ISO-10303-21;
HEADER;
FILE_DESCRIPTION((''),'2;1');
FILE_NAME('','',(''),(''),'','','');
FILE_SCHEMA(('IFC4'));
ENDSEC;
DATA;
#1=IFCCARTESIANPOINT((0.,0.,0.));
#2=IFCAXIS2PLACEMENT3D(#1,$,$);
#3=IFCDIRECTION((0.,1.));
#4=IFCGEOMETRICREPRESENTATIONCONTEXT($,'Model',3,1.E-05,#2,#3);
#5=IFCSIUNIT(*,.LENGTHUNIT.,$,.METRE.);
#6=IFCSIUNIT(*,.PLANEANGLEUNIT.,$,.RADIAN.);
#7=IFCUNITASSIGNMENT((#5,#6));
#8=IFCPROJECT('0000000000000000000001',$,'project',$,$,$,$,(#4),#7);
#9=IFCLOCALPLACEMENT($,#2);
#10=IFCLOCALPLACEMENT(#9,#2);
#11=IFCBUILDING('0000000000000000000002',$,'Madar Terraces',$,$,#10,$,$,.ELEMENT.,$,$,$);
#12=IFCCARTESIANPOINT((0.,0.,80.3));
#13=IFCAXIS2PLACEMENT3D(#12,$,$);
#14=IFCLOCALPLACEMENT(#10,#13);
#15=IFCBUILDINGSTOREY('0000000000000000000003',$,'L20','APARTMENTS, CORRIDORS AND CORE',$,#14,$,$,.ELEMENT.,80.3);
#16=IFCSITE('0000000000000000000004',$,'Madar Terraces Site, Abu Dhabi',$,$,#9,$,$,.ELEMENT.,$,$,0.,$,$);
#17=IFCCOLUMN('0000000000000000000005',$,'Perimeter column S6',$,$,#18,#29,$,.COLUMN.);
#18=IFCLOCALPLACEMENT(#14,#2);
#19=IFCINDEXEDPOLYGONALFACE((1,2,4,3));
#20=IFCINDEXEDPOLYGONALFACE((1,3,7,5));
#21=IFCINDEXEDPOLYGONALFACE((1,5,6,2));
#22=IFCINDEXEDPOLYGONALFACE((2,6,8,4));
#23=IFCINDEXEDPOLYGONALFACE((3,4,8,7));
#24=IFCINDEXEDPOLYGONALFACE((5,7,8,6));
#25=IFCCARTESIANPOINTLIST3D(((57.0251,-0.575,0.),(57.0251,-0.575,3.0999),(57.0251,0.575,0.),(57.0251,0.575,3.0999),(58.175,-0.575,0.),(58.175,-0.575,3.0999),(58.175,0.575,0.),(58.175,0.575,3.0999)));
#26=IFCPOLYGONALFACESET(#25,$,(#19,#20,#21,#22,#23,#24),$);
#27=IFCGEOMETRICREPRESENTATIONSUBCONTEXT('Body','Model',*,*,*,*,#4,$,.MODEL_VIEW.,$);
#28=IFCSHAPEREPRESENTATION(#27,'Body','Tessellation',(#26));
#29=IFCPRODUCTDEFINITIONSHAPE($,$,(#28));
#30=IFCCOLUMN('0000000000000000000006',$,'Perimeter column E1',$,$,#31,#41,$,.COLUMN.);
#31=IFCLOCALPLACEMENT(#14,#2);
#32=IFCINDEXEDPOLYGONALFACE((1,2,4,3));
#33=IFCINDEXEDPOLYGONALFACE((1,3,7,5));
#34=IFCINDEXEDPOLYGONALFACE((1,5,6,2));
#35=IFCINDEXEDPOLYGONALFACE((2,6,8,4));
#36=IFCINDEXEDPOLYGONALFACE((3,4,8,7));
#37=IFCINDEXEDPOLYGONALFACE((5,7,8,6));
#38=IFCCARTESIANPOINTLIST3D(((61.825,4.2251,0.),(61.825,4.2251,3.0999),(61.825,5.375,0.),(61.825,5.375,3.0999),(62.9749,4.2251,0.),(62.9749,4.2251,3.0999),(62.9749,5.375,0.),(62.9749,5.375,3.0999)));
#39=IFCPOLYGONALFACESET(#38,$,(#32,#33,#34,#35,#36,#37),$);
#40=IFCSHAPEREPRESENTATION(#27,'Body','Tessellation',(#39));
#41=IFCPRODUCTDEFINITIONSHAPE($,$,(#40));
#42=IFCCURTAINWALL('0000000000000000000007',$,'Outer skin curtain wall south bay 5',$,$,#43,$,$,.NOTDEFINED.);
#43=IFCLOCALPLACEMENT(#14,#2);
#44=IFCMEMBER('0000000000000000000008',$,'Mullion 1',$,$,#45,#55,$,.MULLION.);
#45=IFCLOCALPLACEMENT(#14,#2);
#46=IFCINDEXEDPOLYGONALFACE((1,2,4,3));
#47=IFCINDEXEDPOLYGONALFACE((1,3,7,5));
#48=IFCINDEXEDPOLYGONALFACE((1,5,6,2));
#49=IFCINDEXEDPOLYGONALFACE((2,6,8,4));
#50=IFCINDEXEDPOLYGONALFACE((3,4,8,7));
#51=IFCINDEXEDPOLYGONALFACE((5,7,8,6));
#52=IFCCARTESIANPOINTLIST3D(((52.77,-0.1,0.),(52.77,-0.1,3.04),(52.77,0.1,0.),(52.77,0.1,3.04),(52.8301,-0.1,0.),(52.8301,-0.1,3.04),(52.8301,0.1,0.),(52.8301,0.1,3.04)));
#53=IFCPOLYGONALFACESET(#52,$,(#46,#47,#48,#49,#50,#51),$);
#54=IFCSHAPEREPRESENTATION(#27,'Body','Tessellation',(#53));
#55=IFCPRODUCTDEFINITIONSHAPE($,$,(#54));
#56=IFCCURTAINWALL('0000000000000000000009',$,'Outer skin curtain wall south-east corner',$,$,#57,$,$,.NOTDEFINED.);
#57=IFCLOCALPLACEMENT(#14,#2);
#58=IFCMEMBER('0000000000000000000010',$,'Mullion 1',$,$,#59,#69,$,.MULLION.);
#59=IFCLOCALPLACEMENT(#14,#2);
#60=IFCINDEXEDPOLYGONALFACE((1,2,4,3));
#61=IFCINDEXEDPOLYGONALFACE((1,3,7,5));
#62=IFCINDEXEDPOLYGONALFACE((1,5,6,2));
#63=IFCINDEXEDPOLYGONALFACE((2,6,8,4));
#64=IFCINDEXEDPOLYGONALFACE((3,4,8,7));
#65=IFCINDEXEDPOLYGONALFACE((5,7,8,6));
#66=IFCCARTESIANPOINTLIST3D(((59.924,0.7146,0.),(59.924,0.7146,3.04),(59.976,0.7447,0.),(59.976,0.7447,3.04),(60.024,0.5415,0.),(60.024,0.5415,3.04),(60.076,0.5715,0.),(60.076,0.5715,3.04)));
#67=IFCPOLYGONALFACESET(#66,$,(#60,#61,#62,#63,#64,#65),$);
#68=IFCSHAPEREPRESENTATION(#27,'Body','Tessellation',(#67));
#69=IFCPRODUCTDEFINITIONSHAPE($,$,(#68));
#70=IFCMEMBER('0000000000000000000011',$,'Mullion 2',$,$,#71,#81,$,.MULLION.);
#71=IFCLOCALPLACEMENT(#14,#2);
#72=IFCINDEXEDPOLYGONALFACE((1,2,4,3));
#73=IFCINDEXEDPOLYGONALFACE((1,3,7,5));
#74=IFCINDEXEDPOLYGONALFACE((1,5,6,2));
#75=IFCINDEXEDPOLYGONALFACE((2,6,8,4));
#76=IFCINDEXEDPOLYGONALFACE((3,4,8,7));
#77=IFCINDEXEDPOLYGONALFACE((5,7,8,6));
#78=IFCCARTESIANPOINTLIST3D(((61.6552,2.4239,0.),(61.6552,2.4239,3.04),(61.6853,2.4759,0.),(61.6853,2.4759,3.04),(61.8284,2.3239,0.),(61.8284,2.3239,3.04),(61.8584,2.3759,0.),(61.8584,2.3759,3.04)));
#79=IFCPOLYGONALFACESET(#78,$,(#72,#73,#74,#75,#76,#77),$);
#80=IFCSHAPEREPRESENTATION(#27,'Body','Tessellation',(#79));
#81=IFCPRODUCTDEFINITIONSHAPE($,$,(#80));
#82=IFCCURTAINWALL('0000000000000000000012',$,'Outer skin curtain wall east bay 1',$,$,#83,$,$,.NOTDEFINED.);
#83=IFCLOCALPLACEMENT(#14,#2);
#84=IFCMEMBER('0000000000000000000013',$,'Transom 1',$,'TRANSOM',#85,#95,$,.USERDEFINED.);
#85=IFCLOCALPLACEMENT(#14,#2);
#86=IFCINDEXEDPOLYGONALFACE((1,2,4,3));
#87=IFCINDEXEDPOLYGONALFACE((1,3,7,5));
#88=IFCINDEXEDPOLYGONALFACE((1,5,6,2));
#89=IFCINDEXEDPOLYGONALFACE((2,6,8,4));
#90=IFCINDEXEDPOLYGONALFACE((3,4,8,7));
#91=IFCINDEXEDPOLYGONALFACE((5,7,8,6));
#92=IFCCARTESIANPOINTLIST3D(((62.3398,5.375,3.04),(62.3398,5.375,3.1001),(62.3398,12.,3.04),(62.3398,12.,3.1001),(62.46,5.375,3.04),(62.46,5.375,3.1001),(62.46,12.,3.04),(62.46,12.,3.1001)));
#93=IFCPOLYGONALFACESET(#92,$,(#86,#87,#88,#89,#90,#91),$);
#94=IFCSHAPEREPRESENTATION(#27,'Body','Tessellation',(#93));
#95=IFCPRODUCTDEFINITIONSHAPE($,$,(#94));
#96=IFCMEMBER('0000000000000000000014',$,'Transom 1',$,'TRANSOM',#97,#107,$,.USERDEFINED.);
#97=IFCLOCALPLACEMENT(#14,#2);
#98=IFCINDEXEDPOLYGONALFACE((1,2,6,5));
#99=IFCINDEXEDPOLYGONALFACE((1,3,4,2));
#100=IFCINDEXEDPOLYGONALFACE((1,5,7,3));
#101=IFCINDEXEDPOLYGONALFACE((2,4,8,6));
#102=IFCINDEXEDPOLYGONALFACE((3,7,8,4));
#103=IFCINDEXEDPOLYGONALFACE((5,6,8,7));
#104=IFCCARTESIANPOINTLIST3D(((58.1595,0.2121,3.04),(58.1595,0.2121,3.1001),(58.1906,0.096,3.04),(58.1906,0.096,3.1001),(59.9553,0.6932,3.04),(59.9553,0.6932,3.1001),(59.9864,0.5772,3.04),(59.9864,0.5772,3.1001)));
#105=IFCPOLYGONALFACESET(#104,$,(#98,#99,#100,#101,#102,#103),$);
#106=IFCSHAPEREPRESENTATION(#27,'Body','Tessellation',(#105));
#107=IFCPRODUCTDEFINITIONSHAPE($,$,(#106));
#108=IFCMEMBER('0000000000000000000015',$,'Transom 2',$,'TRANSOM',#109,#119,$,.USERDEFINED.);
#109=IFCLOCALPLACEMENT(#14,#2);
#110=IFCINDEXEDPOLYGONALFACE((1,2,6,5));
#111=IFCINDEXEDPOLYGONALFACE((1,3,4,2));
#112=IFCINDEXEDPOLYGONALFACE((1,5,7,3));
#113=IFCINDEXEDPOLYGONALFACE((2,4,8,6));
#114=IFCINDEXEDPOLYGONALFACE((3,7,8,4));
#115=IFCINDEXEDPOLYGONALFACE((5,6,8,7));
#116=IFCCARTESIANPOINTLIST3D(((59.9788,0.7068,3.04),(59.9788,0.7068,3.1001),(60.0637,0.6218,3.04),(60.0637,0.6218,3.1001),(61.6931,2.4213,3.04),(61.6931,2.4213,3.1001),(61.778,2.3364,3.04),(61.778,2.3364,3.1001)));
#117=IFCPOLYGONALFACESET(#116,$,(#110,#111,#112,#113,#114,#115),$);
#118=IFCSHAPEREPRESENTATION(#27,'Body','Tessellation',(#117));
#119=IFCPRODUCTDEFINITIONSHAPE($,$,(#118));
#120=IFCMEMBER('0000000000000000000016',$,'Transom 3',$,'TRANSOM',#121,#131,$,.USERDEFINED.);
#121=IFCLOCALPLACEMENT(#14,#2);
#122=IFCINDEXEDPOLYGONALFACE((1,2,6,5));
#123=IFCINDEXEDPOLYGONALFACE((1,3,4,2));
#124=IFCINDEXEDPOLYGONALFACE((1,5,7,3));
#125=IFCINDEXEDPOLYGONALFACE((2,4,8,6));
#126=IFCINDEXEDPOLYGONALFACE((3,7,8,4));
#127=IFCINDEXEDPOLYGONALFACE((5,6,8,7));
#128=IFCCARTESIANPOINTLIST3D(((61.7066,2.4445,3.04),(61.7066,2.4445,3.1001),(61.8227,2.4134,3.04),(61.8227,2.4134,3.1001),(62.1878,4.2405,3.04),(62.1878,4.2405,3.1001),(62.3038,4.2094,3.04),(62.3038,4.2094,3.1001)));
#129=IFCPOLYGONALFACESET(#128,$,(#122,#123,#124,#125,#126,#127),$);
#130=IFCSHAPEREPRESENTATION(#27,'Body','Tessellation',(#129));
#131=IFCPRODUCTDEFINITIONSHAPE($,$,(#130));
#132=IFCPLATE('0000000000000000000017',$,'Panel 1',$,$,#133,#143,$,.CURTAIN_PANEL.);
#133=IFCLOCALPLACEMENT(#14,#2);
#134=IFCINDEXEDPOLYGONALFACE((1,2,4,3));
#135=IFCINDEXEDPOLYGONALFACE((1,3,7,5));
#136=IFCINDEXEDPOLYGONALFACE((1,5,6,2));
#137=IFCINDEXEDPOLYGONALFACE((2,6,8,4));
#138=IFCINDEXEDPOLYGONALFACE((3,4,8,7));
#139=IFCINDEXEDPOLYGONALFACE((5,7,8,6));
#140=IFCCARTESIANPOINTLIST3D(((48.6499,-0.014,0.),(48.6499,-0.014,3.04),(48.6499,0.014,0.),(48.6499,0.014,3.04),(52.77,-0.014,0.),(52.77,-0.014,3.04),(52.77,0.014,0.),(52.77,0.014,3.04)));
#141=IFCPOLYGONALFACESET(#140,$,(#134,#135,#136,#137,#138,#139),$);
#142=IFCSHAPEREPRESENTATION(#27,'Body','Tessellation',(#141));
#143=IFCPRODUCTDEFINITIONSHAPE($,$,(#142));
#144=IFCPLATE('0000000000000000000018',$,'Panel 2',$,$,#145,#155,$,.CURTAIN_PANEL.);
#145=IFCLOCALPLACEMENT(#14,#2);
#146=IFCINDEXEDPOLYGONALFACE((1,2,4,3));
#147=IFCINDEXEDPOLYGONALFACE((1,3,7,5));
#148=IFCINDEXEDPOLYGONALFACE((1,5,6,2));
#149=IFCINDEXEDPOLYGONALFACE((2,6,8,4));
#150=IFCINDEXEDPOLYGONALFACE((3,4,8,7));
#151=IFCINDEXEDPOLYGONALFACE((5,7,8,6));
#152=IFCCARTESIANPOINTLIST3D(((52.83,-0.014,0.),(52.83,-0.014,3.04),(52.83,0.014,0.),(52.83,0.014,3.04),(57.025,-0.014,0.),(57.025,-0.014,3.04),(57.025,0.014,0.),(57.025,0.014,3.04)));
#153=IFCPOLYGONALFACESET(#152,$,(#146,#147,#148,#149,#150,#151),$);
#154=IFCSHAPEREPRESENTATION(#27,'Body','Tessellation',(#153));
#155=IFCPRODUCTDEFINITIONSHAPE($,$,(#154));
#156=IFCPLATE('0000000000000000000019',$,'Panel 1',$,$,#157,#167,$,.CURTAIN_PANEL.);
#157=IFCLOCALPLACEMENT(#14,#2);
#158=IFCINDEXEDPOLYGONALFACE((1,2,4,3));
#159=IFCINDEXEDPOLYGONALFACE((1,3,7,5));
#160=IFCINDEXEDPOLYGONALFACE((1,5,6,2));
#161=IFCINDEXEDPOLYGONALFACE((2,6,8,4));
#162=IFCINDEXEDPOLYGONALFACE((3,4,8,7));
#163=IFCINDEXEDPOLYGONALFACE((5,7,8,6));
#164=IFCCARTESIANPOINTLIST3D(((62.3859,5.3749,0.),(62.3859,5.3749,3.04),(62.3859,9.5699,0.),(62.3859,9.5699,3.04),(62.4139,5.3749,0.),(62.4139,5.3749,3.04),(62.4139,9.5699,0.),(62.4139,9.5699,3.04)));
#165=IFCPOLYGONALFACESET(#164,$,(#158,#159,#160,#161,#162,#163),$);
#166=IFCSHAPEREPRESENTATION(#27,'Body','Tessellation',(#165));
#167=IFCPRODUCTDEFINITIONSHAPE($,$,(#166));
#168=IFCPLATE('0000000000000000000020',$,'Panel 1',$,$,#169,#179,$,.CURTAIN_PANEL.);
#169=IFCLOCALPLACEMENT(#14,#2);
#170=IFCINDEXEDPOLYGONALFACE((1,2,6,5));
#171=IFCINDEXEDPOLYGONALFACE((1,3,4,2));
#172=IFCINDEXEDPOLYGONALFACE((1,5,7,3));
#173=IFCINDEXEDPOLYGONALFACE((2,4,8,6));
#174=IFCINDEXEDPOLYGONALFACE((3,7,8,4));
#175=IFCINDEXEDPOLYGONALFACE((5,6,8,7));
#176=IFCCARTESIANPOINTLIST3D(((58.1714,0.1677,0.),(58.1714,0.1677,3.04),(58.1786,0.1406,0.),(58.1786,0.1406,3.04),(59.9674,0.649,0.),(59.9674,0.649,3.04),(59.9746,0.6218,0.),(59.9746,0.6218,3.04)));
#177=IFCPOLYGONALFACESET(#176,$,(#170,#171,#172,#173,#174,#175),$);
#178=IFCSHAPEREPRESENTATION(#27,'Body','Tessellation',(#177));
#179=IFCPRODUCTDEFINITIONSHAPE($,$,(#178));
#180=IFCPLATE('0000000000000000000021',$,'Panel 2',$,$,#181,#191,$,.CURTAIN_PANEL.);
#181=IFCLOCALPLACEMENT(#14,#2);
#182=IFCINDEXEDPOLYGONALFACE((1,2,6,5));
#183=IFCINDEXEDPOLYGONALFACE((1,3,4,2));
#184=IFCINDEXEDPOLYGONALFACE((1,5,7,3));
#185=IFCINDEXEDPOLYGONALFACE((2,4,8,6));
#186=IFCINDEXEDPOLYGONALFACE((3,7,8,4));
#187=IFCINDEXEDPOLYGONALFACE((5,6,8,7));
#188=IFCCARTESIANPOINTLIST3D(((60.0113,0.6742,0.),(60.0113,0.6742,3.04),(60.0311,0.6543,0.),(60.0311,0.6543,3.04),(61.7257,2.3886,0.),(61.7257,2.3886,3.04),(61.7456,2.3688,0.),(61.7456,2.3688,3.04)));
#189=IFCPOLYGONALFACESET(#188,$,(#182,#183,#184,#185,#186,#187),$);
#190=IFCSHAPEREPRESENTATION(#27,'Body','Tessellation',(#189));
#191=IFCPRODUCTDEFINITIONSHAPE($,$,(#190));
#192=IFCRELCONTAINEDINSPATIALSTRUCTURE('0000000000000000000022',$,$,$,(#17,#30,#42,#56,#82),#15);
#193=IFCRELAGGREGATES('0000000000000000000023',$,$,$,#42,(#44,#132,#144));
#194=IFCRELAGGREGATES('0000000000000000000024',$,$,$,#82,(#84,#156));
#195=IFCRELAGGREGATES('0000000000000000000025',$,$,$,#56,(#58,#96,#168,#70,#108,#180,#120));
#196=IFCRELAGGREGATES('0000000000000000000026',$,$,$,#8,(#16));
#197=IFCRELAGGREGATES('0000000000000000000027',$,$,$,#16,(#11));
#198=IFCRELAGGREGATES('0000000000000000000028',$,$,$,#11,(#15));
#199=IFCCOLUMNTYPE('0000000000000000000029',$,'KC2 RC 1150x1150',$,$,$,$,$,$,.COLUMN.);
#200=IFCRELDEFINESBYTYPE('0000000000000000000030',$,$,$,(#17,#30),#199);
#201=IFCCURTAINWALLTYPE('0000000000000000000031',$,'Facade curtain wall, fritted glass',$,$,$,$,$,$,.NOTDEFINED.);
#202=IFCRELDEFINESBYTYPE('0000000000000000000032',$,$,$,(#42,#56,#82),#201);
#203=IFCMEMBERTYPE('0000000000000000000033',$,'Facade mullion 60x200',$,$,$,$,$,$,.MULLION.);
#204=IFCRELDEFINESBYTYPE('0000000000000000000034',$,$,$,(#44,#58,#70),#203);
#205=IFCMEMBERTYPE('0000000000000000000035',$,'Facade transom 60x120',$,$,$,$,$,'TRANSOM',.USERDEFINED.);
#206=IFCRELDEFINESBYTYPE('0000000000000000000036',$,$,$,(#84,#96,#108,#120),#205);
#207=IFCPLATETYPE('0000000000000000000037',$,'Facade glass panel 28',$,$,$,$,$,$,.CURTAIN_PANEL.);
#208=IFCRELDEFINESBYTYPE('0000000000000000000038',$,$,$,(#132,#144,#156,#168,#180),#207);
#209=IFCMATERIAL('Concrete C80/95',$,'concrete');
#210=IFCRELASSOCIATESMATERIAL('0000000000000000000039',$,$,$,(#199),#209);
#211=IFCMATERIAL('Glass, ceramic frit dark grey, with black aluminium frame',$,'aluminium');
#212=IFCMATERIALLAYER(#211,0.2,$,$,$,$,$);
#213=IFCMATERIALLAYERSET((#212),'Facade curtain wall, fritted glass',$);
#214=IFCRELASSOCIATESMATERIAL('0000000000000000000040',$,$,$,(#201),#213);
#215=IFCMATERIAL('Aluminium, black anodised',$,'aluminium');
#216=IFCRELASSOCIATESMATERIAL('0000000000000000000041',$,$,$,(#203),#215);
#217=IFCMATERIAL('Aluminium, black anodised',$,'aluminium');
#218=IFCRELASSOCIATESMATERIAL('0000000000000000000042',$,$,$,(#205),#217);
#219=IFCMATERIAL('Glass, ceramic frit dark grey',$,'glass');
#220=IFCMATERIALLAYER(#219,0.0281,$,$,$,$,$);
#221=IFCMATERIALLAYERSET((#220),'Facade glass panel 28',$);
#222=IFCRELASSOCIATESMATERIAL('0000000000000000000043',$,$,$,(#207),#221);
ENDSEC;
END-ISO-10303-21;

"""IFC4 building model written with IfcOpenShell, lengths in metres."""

from ifc_helpers import new_model, si_unit, direction, frame, origin, origin_2d, place, context, subcontext, project, spatial, rectangle, extrude, material, layer, layer_set, material_profile, profile_set, type_object, element, aggregate, save


model = new_model("IFC4")

# Units and contexts
model_context = context("Model", 3, precision=1e-05, world=origin(), true_north=direction((0.0, 1.0)))
body_context = subcontext(model_context, "Body", "Model", "MODEL_VIEW")
ifc_project = project(units=[si_unit("LENGTHUNIT", "METRE"), si_unit("PLANEANGLEUNIT", "RADIAN")], contexts=[model_context])

# Site, building, storey
site_placement = place(None, origin())
site = spatial("IfcSite", under=ifc_project, at=site_placement, Name="Madar Terraces Site, Abu Dhabi", CompositionType="ELEMENT", RefElevation=0.0)
building_placement = place(site_placement, origin())
building = spatial("IfcBuilding", under=site, at=building_placement, Name="Madar Terraces", CompositionType="ELEMENT")
storey_placement = place(building_placement, frame((0.0, 0.0, 80.3)))
storey = spatial("IfcBuildingStorey", under=building, at=storey_placement, Name="L20", Description="APARTMENTS, CORRIDORS AND CORE", CompositionType="ELEMENT", Elevation=80.3)

# Columns
ifc_material_1 = material(Name="Concrete C80/95", Category="concrete")
ifc_material_profile_1 = material_profile(ifc_material_1, rectangle(XDim=1.1499, YDim=1.1499, at=origin_2d()), Name="KC2 RC 1150x1150")
ifc_profile_set_1 = profile_set([ifc_material_profile_1], Name="Concrete C80/95")
column_type = type_object("IfcColumnType", Name="KC2 RC 1150x1150", PredefinedType="COLUMN", material=ifc_profile_set_1)
for number, where, z_axis, x_axis, name in (
    (1, (57.6001, 0.0, 0.0), (0.0, 0.0, 1.0), (1.0, 0.0, 0.0), "Perimeter column S6"),
    (2, (62.3999, 4.8, 0.0), (0.0, 0.0, 1.0), (1.0, 0.0, 0.0), "Perimeter column E1"),
):
    element("IfcColumn", number, at=place(storey_placement, frame(where, z_axis=z_axis, x_axis=x_axis)), inside=storey, type_object=column_type, Name=name, PredefinedType="COLUMN", context=body_context, shape_type="SweptSolid", body=[
        extrude(rectangle(XDim=1.1499, YDim=1.1499, at=origin_2d()), origin(), (0.0, 0.0, 1.0), 3.0999),
    ])

# Curtain wall, member
ifc_material_2 = material(Name="Glass, ceramic frit dark grey, with black aluminium frame", Category="aluminium")
ifc_layer_1 = layer(ifc_material_2, 0.2)
ifc_layer_set_1 = layer_set([ifc_layer_1], Name="Facade curtain wall, fritted glass")
curtain_wall_type = type_object("IfcCurtainWallType", Name="Facade curtain wall, fritted glass", PredefinedType="NOTDEFINED", material=ifc_layer_set_1)
curtain_wall_1_placement = place(storey_placement, origin())
curtain_wall_1 = element("IfcCurtainWall", 3, at=curtain_wall_1_placement, inside=storey, type_object=curtain_wall_type, Name="Outer skin curtain wall south bay 5", PredefinedType="NOTDEFINED")
ifc_material_3 = material(Name="Aluminium, black anodised", Category="aluminium")
ifc_material_profile_2 = material_profile(ifc_material_3, rectangle(XDim=0.2, YDim=0.0601, at=origin_2d()), Name="Facade mullion 60x200")
ifc_profile_set_2 = profile_set([ifc_material_profile_2], Name="Aluminium, black anodised")
member_type_1 = type_object("IfcMemberType", Name="Facade mullion 60x200", PredefinedType="MULLION", material=ifc_profile_set_2)
member_1_placement = place(storey_placement, frame((52.8, 0.0, 0.0), z_axis=(0.0, 0.0, 1.0), x_axis=(0.0, 1.0, 0.0)))
member_1 = element("IfcMember", 4, at=member_1_placement, type_object=member_type_1, Name="Mullion 1", PredefinedType="MULLION", context=body_context, shape_type="SweptSolid", body=[
    extrude(rectangle(XDim=0.2, YDim=0.0601, at=origin_2d()), origin(), (0.0, 0.0, 1.0), 3.04),
])

# Curtain wall, members
curtain_wall_2_placement = place(storey_placement, origin())
curtain_wall_2 = element("IfcCurtainWall", 5, at=curtain_wall_2_placement, inside=storey, type_object=curtain_wall_type, Name="Outer skin curtain wall south-east corner", PredefinedType="NOTDEFINED")
member_2_placement = place(storey_placement, frame((60.0, 0.6431, 0.0), z_axis=(0.0, 0.0, 1.0), x_axis=(-0.5, 0.866025, 0.0)))
member_2 = element("IfcMember", 6, at=member_2_placement, type_object=member_type_1, Name="Mullion 1", PredefinedType="MULLION", context=body_context, shape_type="SweptSolid", body=[
    extrude(rectangle(XDim=0.2, YDim=0.0601, at=origin_2d()), origin(), (0.0, 0.0, 1.0), 3.04),
])
member_3_placement = place(storey_placement, frame((61.7568, 2.3999, 0.0), z_axis=(0.0, 0.0, 1.0), x_axis=(-0.866025, 0.5, 0.0)))
member_3 = element("IfcMember", 7, at=member_3_placement, type_object=member_type_1, Name="Mullion 2", PredefinedType="MULLION", context=body_context, shape_type="SweptSolid", body=[
    extrude(rectangle(XDim=0.2, YDim=0.0601, at=origin_2d()), origin(), (0.0, 0.0, 1.0), 3.04),
])

# Curtain wall, member
curtain_wall_3_placement = place(storey_placement, origin())
curtain_wall_3 = element("IfcCurtainWall", 8, at=curtain_wall_3_placement, inside=storey, type_object=curtain_wall_type, Name="Outer skin curtain wall east bay 1", PredefinedType="NOTDEFINED")
ifc_material_4 = material(Name="Aluminium, black anodised", Category="aluminium")
ifc_material_profile_3 = material_profile(ifc_material_4, rectangle(XDim=0.1201, YDim=0.0601, at=origin_2d()), Name="Facade transom 60x120")
ifc_profile_set_3 = profile_set([ifc_material_profile_3], Name="Aluminium, black anodised")
member_type_2 = type_object("IfcMemberType", Name="Facade transom 60x120", ElementType="TRANSOM", PredefinedType="USERDEFINED", material=ifc_profile_set_3)
member_4_placement = place(storey_placement, frame((62.3999, 5.375, 3.0701), z_axis=(0.0, 1.0, 0.0), x_axis=(-1.0, 0.0, 0.0)))
member_4 = element("IfcMember", 9, at=member_4_placement, type_object=member_type_2, Name="Transom 1", ObjectType="TRANSOM", PredefinedType="USERDEFINED", context=body_context, shape_type="SweptSolid", body=[
    extrude(rectangle(XDim=0.1201, YDim=0.0601, at=origin_2d()), origin(), (0.0, 0.0, 1.0), 6.625),
])

# Members
member_5_placement = place(storey_placement, frame((58.175, 0.1541, 3.0701), z_axis=(0.965927, 0.258815, 0.0), x_axis=(-0.258815, 0.965927, 0.0)))
member_5 = element("IfcMember", 10, at=member_5_placement, type_object=member_type_2, Name="Transom 1", ObjectType="TRANSOM", PredefinedType="USERDEFINED", context=body_context, shape_type="SweptSolid", body=[
    extrude(rectangle(XDim=0.1201, YDim=0.0601, at=origin_2d()), origin(), (0.0, 0.0, 1.0), 1.8591),
])
member_6_placement = place(storey_placement, frame((60.0212, 0.6643, 3.0701), z_axis=(0.707056, 0.707157, 0.0), x_axis=(-0.707157, 0.707056, 0.0)))
member_6 = element("IfcMember", 11, at=member_6_placement, type_object=member_type_2, Name="Transom 2", ObjectType="TRANSOM", PredefinedType="USERDEFINED", context=body_context, shape_type="SweptSolid", body=[
    extrude(rectangle(XDim=0.1201, YDim=0.0601, at=origin_2d()), origin(), (0.0, 0.0, 1.0), 2.4246),
])
member_7_placement = place(storey_placement, frame((61.7646, 2.429, 3.0701), z_axis=(0.258782, 0.965936, 0.0), x_axis=(-0.965936, 0.258782, 0.0)))
member_7 = element("IfcMember", 12, at=member_7_placement, type_object=member_type_2, Name="Transom 3", ObjectType="TRANSOM", PredefinedType="USERDEFINED", context=body_context, shape_type="SweptSolid", body=[
    extrude(rectangle(XDim=0.1201, YDim=0.0601, at=origin_2d()), origin(), (0.0, 0.0, 1.0), 1.8594),
])

# Plates
ifc_material_5 = material(Name="Glass, ceramic frit dark grey", Category="glass")
ifc_layer_2 = layer(ifc_material_5, 0.0281)
ifc_layer_set_2 = layer_set([ifc_layer_2], Name="Facade glass panel 28")
plate_type = type_object("IfcPlateType", Name="Facade glass panel 28", PredefinedType="CURTAIN_PANEL", material=ifc_layer_set_2)
plate_1_placement = place(storey_placement, frame((50.71, 0.0, 0.0), z_axis=(0.0, 0.0, 1.0), x_axis=(1.0, 0.0, 0.0)))
plate_1 = element("IfcPlate", 13, at=plate_1_placement, type_object=plate_type, Name="Panel 1", PredefinedType="CURTAIN_PANEL", context=body_context, shape_type="SweptSolid", body=[
    extrude(rectangle(XDim=4.1201, YDim=0.0281, at=origin_2d()), origin(), (0.0, 0.0, 1.0), 3.04),
])
plate_2_placement = place(storey_placement, frame((54.9275, 0.0, 0.0), z_axis=(0.0, 0.0, 1.0), x_axis=(1.0, 0.0, 0.0)))
plate_2 = element("IfcPlate", 14, at=plate_2_placement, type_object=plate_type, Name="Panel 2", PredefinedType="CURTAIN_PANEL", context=body_context, shape_type="SweptSolid", body=[
    extrude(rectangle(XDim=4.1951, YDim=0.0281, at=origin_2d()), origin(), (0.0, 0.0, 1.0), 3.04),
])
aggregate(curtain_wall_1, [member_1, plate_1, plate_2])
plate_3_placement = place(storey_placement, frame((62.3999, 7.4724, 0.0), z_axis=(0.0, 0.0, 1.0), x_axis=(0.0, 1.0, 0.0)))
plate_3 = element("IfcPlate", 15, at=plate_3_placement, type_object=plate_type, Name="Panel 1", PredefinedType="CURTAIN_PANEL", context=body_context, shape_type="SweptSolid", body=[
    extrude(rectangle(XDim=4.1951, YDim=0.0281, at=origin_2d()), origin(), (0.0, 0.0, 1.0), 3.04),
])
aggregate(curtain_wall_3, [member_4, plate_3])
plate_4_placement = place(storey_placement, frame((59.073, 0.3948, 0.0), z_axis=(0.0, 0.0, 1.0), x_axis=(0.965926, 0.258819, 0.0)))
plate_4 = element("IfcPlate", 16, at=plate_4_placement, type_object=plate_type, Name="Panel 1", PredefinedType="CURTAIN_PANEL", context=body_context, shape_type="SweptSolid", body=[
    extrude(rectangle(XDim=1.8594, YDim=0.0281, at=origin_2d()), origin(), (0.0, 0.0, 1.0), 3.04),
])
plate_5_placement = place(storey_placement, frame((60.8784, 1.5215, 0.0), z_axis=(0.0, 0.0, 1.0), x_axis=(0.707107, 0.707107, 0.0)))
plate_5 = element("IfcPlate", 17, at=plate_5_placement, type_object=plate_type, Name="Panel 2", PredefinedType="CURTAIN_PANEL", context=body_context, shape_type="SweptSolid", body=[
    extrude(rectangle(XDim=2.4246, YDim=0.0281, at=origin_2d()), origin(), (0.0, 0.0, 1.0), 3.04),
])
aggregate(curtain_wall_2, [member_2, member_5, plate_4, member_3, member_6, plate_5, member_7])

save(model, "model.ifc")
